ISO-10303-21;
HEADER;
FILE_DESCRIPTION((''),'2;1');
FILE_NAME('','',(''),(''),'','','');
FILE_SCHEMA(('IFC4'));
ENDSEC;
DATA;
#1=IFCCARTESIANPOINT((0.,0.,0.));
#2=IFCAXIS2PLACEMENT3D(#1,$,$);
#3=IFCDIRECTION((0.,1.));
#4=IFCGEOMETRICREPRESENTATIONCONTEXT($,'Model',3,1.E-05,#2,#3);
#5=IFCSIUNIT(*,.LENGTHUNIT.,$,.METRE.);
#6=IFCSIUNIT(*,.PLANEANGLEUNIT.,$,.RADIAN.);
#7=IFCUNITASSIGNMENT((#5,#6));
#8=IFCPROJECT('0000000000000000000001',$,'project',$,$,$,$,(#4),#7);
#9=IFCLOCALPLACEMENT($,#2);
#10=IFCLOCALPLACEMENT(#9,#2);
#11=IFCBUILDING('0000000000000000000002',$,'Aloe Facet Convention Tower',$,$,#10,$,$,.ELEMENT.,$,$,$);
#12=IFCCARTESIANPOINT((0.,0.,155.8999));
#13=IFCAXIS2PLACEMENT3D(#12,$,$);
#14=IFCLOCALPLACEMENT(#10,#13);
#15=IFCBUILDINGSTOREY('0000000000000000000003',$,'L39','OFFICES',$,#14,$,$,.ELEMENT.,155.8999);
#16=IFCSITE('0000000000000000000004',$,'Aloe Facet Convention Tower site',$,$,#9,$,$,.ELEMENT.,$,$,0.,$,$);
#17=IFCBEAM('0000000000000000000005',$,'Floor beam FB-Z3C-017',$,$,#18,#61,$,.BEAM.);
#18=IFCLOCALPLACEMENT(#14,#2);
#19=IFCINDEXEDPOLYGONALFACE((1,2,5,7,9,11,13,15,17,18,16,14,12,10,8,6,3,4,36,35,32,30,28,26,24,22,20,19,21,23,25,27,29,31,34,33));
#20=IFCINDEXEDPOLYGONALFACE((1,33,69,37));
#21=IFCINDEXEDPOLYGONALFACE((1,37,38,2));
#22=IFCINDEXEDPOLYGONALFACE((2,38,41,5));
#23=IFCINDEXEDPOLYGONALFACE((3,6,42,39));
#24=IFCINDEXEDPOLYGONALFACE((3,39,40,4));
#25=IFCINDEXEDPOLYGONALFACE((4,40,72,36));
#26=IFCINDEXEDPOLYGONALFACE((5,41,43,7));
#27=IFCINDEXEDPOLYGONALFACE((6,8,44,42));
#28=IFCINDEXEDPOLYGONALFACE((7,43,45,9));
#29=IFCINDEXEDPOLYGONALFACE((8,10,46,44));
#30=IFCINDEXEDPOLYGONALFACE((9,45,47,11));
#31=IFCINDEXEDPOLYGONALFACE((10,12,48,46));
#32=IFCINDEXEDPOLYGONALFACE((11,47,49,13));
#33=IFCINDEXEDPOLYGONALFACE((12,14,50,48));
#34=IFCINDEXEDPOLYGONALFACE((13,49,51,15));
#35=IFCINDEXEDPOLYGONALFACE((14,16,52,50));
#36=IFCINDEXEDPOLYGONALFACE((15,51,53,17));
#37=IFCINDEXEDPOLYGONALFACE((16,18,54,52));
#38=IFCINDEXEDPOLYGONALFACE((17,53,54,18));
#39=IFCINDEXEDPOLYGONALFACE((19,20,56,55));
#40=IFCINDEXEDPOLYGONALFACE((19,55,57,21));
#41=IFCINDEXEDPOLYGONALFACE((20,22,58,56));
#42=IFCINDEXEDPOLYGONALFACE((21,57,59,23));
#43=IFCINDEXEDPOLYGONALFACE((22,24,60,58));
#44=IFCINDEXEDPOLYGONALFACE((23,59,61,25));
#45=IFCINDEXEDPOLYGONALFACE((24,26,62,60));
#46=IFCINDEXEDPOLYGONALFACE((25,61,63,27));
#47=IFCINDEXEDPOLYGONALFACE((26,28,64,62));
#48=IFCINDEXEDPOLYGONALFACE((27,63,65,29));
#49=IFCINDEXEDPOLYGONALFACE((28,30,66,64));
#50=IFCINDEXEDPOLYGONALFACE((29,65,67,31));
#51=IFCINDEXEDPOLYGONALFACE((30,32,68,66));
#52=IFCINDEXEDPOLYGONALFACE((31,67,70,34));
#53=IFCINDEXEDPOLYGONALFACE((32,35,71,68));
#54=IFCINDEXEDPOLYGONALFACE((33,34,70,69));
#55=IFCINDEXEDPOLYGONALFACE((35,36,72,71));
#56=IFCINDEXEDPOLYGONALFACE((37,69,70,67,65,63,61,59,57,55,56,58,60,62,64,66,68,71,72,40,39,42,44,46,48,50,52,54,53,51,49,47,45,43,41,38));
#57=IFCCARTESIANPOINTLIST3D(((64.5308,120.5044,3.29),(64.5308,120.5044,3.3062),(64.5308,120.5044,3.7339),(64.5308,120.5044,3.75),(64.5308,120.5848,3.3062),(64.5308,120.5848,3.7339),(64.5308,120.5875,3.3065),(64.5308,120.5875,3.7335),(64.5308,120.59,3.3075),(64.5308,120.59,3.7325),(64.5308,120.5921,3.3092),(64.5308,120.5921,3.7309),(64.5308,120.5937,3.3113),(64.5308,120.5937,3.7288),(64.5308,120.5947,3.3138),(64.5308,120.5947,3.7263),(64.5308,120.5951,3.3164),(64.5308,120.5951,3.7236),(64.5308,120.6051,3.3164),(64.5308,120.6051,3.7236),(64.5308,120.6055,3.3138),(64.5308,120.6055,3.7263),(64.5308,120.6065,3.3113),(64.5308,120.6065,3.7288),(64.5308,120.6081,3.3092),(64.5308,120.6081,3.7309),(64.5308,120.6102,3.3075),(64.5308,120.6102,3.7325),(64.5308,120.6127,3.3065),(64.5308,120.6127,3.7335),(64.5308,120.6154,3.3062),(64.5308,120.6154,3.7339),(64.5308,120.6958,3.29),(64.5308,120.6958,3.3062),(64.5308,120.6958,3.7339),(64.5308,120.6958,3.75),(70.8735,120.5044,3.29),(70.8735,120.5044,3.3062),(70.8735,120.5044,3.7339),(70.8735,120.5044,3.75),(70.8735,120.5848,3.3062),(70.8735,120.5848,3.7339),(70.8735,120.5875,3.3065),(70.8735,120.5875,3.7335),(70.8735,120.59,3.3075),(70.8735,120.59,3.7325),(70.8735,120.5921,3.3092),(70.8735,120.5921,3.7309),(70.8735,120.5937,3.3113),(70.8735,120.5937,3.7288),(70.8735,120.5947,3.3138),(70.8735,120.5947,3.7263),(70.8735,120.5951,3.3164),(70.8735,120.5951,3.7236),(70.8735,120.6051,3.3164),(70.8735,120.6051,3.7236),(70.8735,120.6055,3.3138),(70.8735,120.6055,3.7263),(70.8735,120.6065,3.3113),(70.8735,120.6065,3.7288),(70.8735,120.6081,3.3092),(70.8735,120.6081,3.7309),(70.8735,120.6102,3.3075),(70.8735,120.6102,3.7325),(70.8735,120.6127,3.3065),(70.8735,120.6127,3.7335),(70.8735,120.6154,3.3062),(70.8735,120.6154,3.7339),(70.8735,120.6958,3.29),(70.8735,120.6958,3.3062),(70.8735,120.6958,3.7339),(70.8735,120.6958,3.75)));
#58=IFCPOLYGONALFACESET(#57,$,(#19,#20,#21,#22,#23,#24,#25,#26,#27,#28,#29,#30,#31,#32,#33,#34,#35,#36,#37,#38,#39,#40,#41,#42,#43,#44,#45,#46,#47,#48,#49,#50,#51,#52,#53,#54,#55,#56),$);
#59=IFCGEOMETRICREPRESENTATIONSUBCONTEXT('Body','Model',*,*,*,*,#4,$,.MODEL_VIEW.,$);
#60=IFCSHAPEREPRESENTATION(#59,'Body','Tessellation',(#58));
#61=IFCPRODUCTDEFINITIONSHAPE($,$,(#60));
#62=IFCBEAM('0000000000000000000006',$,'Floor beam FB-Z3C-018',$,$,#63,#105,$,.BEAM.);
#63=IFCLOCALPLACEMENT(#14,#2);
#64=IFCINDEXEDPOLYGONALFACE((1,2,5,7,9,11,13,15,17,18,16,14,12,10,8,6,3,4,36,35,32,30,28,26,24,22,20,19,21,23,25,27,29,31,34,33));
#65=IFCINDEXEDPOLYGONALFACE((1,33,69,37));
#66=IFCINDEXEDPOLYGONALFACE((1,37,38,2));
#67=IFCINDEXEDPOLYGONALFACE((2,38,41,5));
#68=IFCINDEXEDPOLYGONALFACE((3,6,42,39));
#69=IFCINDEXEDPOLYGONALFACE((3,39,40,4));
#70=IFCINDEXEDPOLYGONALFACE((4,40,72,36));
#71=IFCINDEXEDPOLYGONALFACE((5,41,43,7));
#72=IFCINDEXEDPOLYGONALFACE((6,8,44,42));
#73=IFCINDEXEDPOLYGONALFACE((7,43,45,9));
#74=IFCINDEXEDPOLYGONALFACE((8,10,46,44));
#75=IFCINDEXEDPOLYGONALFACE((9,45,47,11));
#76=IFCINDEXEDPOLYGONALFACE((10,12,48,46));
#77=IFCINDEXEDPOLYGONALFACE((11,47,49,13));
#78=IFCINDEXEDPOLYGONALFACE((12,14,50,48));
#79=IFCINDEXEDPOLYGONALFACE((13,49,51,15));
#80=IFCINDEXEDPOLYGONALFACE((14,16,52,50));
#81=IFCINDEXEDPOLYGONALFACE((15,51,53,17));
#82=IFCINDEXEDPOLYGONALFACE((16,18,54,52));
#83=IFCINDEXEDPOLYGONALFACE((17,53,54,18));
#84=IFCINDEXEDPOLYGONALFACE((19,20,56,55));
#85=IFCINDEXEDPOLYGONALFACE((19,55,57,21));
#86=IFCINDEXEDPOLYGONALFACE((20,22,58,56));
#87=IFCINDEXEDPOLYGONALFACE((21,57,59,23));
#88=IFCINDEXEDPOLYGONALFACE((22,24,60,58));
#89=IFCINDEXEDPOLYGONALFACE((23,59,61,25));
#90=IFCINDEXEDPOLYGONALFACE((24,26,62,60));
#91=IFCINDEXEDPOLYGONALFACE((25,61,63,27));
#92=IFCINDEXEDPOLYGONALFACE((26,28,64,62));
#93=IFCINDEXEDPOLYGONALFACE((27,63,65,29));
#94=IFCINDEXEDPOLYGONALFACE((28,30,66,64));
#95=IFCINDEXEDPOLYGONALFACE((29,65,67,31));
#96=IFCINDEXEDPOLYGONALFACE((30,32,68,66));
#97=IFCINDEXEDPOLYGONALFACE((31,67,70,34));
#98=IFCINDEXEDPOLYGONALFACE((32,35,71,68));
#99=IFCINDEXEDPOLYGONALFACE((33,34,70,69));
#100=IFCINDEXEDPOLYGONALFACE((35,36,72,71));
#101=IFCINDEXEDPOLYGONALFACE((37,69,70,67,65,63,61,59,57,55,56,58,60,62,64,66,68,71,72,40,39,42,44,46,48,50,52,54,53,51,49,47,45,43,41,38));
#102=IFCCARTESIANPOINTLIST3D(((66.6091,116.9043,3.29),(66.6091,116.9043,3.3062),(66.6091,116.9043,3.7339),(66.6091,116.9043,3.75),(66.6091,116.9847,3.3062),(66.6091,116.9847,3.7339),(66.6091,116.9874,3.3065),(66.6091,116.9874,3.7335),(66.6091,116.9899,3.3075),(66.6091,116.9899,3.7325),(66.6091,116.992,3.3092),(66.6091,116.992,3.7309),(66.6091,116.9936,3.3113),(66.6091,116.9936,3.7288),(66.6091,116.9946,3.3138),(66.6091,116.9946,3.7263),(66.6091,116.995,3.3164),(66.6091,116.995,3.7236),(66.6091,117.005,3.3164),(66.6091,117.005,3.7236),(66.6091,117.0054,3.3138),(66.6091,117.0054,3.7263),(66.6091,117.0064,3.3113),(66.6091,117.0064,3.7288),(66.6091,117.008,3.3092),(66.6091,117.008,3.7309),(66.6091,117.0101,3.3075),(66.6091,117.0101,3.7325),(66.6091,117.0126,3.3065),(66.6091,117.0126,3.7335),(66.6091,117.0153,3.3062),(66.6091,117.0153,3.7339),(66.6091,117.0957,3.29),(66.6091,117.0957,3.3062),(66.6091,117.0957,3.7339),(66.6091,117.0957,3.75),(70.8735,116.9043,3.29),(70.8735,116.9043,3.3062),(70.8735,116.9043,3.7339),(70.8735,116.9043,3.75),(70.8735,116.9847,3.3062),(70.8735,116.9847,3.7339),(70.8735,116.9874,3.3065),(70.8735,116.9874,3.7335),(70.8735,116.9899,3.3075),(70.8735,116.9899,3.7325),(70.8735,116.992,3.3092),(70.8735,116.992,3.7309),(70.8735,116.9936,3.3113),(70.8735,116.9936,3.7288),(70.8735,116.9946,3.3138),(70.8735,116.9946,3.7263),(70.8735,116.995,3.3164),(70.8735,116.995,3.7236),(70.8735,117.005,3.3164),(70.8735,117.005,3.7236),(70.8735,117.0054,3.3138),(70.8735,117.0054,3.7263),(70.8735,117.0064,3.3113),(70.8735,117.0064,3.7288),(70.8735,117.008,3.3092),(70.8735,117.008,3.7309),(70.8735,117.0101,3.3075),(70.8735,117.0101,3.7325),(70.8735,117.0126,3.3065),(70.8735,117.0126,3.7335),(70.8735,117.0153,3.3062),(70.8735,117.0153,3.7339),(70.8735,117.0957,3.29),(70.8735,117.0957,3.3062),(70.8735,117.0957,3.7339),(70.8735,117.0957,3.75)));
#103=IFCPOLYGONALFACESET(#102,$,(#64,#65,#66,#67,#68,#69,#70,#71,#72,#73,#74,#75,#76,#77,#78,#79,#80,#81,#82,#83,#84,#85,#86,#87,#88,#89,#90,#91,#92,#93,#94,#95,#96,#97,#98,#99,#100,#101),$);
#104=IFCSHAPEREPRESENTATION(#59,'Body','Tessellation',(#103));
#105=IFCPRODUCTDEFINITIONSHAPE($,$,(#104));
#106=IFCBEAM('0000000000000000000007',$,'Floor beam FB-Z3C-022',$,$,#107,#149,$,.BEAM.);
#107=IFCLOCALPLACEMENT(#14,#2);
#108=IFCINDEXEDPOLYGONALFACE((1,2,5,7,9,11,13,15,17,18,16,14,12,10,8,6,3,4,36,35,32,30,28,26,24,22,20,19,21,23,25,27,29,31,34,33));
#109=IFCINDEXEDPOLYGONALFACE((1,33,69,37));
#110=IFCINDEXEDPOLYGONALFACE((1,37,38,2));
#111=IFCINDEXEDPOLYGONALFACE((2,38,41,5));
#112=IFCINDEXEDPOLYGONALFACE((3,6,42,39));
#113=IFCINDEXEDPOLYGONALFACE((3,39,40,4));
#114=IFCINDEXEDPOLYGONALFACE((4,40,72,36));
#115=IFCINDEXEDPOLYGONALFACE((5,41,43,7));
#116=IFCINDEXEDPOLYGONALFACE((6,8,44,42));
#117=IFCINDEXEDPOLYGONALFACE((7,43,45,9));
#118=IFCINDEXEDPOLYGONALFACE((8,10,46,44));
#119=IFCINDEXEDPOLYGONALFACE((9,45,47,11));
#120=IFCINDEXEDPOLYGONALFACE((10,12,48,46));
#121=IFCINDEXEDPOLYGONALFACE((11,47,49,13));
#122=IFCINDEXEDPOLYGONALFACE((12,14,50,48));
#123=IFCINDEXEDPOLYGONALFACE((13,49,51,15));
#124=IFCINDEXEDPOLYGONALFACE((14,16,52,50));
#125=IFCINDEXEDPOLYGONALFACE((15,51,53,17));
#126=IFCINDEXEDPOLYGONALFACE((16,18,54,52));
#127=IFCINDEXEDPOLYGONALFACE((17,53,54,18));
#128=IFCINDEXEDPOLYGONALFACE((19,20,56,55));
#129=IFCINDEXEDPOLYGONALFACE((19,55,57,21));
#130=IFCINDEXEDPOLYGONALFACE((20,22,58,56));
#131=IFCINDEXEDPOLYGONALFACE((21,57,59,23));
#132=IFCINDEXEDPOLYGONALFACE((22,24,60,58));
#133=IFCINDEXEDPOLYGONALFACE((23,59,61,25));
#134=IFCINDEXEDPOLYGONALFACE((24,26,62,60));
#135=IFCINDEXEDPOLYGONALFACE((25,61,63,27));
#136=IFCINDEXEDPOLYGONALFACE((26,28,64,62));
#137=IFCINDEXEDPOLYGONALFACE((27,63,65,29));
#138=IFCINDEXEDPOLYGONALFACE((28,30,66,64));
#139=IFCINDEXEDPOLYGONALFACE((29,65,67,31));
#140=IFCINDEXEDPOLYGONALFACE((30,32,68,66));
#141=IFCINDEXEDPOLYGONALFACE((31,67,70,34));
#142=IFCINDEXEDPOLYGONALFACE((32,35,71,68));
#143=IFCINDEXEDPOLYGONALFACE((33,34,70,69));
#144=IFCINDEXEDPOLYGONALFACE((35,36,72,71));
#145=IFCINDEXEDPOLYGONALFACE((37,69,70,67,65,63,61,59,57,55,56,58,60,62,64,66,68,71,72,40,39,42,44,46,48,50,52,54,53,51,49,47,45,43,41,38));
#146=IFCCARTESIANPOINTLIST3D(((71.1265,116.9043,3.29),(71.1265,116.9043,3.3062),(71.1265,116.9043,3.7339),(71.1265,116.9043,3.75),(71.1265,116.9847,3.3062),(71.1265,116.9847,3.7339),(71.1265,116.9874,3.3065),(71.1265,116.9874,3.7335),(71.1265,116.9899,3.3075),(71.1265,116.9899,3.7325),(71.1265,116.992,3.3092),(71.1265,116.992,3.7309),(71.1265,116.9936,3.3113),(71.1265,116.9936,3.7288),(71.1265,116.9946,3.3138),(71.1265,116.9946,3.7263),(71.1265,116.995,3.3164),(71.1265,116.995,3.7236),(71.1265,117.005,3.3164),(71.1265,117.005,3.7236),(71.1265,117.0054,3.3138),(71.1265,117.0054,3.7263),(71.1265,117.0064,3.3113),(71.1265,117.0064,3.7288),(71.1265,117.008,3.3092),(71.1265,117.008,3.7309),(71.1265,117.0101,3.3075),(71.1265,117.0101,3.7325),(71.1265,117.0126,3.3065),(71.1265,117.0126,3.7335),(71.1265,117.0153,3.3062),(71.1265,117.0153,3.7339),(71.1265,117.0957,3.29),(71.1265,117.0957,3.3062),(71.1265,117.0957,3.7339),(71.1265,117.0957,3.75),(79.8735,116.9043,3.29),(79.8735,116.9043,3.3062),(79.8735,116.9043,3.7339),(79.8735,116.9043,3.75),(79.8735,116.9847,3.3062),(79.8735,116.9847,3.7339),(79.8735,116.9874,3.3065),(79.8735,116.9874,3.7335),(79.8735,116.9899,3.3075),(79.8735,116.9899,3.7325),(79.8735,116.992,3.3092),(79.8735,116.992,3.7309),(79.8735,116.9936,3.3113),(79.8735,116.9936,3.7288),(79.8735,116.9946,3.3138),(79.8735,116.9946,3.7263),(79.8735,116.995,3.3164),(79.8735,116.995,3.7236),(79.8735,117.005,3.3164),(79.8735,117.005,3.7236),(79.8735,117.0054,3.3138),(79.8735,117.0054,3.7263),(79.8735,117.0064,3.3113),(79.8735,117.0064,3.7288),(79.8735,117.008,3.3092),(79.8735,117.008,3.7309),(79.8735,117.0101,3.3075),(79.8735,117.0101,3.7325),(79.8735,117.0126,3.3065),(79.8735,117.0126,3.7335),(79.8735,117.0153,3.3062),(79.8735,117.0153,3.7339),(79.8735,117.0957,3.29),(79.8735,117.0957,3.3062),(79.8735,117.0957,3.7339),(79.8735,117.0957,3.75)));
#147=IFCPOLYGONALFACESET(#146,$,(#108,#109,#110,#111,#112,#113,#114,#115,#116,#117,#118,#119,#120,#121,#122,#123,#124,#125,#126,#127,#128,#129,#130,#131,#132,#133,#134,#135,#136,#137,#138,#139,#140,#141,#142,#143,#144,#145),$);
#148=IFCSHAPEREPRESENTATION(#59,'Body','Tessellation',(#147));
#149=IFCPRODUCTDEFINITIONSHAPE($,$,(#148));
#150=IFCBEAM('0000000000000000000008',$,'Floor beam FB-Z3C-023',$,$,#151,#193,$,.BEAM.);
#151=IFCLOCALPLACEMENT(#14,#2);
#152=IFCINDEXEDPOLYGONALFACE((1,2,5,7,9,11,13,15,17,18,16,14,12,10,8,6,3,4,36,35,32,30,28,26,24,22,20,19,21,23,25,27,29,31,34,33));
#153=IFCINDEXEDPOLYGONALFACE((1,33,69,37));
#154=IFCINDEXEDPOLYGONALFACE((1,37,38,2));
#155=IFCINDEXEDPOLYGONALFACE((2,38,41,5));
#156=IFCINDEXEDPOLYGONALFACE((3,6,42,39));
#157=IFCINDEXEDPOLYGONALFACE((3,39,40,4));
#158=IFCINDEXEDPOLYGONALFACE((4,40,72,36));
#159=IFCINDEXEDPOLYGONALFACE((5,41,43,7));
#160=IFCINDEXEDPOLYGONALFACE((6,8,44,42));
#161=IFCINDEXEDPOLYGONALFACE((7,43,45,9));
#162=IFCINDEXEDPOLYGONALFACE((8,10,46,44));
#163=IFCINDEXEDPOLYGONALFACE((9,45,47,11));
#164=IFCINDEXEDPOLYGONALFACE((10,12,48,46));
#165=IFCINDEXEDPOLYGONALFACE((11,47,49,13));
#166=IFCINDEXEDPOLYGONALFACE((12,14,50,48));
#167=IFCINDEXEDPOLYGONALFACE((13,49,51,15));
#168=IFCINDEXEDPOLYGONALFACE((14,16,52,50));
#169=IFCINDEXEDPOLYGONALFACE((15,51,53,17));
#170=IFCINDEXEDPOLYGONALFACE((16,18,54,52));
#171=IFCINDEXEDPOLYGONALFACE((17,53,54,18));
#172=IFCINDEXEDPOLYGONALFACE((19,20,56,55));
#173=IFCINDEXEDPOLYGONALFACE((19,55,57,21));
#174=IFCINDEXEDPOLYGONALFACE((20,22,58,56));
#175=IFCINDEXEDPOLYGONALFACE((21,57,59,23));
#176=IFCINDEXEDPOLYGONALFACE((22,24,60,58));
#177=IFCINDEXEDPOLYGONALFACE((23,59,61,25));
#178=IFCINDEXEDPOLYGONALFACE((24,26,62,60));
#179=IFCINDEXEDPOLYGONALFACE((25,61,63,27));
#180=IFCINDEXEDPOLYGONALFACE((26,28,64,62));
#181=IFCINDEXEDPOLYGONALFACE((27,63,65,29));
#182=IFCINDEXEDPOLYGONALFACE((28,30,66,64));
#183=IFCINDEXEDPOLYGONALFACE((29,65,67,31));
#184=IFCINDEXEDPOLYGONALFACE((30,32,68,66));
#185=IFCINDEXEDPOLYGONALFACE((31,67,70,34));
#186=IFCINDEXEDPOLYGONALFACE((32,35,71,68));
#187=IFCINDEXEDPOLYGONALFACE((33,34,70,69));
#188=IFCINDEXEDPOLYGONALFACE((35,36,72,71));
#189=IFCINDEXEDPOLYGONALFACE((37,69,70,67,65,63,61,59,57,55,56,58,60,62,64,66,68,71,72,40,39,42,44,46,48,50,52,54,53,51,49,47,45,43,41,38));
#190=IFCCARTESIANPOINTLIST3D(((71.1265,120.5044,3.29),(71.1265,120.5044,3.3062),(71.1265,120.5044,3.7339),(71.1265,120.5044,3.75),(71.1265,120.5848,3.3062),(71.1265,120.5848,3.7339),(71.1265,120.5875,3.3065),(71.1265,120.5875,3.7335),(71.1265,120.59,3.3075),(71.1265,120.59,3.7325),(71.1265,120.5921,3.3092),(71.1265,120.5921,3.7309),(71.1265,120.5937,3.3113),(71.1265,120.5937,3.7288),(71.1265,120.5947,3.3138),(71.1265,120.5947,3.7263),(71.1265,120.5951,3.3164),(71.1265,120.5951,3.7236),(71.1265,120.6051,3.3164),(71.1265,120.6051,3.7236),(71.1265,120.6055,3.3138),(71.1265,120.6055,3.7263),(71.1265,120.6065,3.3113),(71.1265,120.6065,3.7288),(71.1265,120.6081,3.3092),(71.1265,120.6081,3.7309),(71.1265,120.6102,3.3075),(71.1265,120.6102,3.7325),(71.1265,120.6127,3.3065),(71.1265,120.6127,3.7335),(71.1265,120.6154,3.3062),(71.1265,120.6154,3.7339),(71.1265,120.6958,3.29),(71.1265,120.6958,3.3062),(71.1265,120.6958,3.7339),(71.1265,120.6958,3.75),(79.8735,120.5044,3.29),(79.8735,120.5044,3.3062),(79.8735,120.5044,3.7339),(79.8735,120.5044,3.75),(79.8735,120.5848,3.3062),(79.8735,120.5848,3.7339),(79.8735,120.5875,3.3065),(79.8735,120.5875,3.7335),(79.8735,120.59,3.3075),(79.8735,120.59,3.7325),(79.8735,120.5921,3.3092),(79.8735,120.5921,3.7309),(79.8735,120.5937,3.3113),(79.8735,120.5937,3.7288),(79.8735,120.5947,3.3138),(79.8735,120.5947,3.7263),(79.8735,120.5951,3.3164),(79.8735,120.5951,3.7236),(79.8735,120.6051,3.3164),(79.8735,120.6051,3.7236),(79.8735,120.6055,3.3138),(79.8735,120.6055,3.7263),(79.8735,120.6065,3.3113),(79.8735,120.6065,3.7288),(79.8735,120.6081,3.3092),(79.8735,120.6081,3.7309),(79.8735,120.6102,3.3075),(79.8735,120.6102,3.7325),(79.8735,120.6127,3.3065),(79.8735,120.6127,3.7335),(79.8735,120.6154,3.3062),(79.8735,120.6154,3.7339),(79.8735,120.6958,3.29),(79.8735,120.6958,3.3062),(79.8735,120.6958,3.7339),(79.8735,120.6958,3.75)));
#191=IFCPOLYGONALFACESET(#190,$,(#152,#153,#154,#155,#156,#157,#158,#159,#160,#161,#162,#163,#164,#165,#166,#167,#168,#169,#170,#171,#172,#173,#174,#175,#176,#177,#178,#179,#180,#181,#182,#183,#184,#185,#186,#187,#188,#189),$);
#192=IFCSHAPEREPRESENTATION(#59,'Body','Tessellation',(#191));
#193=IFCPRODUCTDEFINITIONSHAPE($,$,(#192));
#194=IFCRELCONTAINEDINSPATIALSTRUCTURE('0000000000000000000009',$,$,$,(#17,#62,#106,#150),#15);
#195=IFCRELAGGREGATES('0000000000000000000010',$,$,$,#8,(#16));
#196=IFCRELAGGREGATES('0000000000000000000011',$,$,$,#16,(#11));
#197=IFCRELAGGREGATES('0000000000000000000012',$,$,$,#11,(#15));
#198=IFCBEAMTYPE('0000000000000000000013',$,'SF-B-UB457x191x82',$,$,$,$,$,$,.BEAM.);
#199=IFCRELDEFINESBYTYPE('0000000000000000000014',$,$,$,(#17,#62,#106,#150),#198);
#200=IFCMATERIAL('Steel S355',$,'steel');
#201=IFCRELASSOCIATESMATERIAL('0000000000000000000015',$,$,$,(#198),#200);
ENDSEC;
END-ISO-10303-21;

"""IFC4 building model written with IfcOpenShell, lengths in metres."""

from ifc_helpers import new_model, si_unit, direction, frame, origin, origin_2d, place, context, subcontext, project, spatial, i_section, extrude, material, material_profile, profile_set, type_object, element, save


model = new_model("IFC4")

# Units and contexts
model_context = context("Model", 3, precision=1e-05, world=origin(), true_north=direction((0.0, 1.0)))
body_context = subcontext(model_context, "Body", "Model", "MODEL_VIEW")
ifc_project = project(units=[si_unit("LENGTHUNIT", "METRE"), si_unit("PLANEANGLEUNIT", "RADIAN")], contexts=[model_context])

# Site, building, storey
site_placement = place(None, origin())
site = spatial("IfcSite", under=ifc_project, at=site_placement, Name="Aloe Facet Convention Tower site", CompositionType="ELEMENT", RefElevation=0.0)
building_placement = place(site_placement, origin())
building = spatial("IfcBuilding", under=site, at=building_placement, Name="Aloe Facet Convention Tower", CompositionType="ELEMENT")
storey_placement = place(building_placement, frame((0.0, 0.0, 155.8999)))
storey = spatial("IfcBuildingStorey", under=building, at=storey_placement, Name="L39", Description="OFFICES", CompositionType="ELEMENT", Elevation=155.8999)

# Beams
ifc_material_1 = material(Name="Steel S355", Category="steel")
ifc_material_profile_1 = material_profile(ifc_material_1, i_section(OverallWidth=0.1914, OverallDepth=0.46, WebThickness=0.01, FlangeThickness=0.0161, FilletRadius=0.0103, at=origin_2d()), Name="UB 457x191x82")
ifc_profile_set_1 = profile_set([ifc_material_profile_1], Name="Steel S355")
beam_type_1 = type_object("IfcBeamType", Name="SF-B-UB457x191x82", PredefinedType="BEAM", material=ifc_profile_set_1)
beam_1_placement = place(storey_placement, frame((64.5308, 120.6001, 3.52), z_axis=(1.0, 0.0, 0.0), x_axis=(0.0, 1.0, 0.0)))
element("IfcBeam", 1, at=beam_1_placement, inside=storey, type_object=beam_type_1, Name="Floor beam FB-Z3C-017", PredefinedType="BEAM", context=body_context, shape_type="SweptSolid", body=[
    extrude(i_section(OverallWidth=0.1914, OverallDepth=0.46, WebThickness=0.01, FlangeThickness=0.0161, FilletRadius=0.0103, at=origin_2d()), origin(), (0.0, 0.0, 1.0), 6.3428),
])
beam_2_placement = place(storey_placement, frame((66.6091, 117.0, 3.52), z_axis=(1.0, 0.0, 0.0), x_axis=(0.0, 1.0, 0.0)))
element("IfcBeam", 2, at=beam_2_placement, inside=storey, type_object=beam_type_1, Name="Floor beam FB-Z3C-018", PredefinedType="BEAM", context=body_context, shape_type="SweptSolid", body=[
    extrude(i_section(OverallWidth=0.1914, OverallDepth=0.46, WebThickness=0.01, FlangeThickness=0.0161, FilletRadius=0.0103, at=origin_2d()), origin(), (0.0, 0.0, 1.0), 4.2644),
])
for number, where, z_axis, x_axis, name in (
    (3, (71.1265, 117.0, 3.52), (1.0, 0.0, 0.0), (0.0, 1.0, 0.0), "Floor beam FB-Z3C-022"),
    (4, (71.1265, 120.6001, 3.52), (1.0, 0.0, 0.0), (0.0, 1.0, 0.0), "Floor beam FB-Z3C-023"),
):
    element("IfcBeam", number, at=place(storey_placement, frame(where, z_axis=z_axis, x_axis=x_axis)), inside=storey, type_object=beam_type_1, Name=name, PredefinedType="BEAM", context=body_context, shape_type="SweptSolid", body=[
        extrude(i_section(OverallWidth=0.1914, OverallDepth=0.46, WebThickness=0.01, FlangeThickness=0.0161, FilletRadius=0.0103, at=origin_2d()), origin(), (0.0, 0.0, 1.0), 8.7471),
    ])

save(model, "model.ifc")
